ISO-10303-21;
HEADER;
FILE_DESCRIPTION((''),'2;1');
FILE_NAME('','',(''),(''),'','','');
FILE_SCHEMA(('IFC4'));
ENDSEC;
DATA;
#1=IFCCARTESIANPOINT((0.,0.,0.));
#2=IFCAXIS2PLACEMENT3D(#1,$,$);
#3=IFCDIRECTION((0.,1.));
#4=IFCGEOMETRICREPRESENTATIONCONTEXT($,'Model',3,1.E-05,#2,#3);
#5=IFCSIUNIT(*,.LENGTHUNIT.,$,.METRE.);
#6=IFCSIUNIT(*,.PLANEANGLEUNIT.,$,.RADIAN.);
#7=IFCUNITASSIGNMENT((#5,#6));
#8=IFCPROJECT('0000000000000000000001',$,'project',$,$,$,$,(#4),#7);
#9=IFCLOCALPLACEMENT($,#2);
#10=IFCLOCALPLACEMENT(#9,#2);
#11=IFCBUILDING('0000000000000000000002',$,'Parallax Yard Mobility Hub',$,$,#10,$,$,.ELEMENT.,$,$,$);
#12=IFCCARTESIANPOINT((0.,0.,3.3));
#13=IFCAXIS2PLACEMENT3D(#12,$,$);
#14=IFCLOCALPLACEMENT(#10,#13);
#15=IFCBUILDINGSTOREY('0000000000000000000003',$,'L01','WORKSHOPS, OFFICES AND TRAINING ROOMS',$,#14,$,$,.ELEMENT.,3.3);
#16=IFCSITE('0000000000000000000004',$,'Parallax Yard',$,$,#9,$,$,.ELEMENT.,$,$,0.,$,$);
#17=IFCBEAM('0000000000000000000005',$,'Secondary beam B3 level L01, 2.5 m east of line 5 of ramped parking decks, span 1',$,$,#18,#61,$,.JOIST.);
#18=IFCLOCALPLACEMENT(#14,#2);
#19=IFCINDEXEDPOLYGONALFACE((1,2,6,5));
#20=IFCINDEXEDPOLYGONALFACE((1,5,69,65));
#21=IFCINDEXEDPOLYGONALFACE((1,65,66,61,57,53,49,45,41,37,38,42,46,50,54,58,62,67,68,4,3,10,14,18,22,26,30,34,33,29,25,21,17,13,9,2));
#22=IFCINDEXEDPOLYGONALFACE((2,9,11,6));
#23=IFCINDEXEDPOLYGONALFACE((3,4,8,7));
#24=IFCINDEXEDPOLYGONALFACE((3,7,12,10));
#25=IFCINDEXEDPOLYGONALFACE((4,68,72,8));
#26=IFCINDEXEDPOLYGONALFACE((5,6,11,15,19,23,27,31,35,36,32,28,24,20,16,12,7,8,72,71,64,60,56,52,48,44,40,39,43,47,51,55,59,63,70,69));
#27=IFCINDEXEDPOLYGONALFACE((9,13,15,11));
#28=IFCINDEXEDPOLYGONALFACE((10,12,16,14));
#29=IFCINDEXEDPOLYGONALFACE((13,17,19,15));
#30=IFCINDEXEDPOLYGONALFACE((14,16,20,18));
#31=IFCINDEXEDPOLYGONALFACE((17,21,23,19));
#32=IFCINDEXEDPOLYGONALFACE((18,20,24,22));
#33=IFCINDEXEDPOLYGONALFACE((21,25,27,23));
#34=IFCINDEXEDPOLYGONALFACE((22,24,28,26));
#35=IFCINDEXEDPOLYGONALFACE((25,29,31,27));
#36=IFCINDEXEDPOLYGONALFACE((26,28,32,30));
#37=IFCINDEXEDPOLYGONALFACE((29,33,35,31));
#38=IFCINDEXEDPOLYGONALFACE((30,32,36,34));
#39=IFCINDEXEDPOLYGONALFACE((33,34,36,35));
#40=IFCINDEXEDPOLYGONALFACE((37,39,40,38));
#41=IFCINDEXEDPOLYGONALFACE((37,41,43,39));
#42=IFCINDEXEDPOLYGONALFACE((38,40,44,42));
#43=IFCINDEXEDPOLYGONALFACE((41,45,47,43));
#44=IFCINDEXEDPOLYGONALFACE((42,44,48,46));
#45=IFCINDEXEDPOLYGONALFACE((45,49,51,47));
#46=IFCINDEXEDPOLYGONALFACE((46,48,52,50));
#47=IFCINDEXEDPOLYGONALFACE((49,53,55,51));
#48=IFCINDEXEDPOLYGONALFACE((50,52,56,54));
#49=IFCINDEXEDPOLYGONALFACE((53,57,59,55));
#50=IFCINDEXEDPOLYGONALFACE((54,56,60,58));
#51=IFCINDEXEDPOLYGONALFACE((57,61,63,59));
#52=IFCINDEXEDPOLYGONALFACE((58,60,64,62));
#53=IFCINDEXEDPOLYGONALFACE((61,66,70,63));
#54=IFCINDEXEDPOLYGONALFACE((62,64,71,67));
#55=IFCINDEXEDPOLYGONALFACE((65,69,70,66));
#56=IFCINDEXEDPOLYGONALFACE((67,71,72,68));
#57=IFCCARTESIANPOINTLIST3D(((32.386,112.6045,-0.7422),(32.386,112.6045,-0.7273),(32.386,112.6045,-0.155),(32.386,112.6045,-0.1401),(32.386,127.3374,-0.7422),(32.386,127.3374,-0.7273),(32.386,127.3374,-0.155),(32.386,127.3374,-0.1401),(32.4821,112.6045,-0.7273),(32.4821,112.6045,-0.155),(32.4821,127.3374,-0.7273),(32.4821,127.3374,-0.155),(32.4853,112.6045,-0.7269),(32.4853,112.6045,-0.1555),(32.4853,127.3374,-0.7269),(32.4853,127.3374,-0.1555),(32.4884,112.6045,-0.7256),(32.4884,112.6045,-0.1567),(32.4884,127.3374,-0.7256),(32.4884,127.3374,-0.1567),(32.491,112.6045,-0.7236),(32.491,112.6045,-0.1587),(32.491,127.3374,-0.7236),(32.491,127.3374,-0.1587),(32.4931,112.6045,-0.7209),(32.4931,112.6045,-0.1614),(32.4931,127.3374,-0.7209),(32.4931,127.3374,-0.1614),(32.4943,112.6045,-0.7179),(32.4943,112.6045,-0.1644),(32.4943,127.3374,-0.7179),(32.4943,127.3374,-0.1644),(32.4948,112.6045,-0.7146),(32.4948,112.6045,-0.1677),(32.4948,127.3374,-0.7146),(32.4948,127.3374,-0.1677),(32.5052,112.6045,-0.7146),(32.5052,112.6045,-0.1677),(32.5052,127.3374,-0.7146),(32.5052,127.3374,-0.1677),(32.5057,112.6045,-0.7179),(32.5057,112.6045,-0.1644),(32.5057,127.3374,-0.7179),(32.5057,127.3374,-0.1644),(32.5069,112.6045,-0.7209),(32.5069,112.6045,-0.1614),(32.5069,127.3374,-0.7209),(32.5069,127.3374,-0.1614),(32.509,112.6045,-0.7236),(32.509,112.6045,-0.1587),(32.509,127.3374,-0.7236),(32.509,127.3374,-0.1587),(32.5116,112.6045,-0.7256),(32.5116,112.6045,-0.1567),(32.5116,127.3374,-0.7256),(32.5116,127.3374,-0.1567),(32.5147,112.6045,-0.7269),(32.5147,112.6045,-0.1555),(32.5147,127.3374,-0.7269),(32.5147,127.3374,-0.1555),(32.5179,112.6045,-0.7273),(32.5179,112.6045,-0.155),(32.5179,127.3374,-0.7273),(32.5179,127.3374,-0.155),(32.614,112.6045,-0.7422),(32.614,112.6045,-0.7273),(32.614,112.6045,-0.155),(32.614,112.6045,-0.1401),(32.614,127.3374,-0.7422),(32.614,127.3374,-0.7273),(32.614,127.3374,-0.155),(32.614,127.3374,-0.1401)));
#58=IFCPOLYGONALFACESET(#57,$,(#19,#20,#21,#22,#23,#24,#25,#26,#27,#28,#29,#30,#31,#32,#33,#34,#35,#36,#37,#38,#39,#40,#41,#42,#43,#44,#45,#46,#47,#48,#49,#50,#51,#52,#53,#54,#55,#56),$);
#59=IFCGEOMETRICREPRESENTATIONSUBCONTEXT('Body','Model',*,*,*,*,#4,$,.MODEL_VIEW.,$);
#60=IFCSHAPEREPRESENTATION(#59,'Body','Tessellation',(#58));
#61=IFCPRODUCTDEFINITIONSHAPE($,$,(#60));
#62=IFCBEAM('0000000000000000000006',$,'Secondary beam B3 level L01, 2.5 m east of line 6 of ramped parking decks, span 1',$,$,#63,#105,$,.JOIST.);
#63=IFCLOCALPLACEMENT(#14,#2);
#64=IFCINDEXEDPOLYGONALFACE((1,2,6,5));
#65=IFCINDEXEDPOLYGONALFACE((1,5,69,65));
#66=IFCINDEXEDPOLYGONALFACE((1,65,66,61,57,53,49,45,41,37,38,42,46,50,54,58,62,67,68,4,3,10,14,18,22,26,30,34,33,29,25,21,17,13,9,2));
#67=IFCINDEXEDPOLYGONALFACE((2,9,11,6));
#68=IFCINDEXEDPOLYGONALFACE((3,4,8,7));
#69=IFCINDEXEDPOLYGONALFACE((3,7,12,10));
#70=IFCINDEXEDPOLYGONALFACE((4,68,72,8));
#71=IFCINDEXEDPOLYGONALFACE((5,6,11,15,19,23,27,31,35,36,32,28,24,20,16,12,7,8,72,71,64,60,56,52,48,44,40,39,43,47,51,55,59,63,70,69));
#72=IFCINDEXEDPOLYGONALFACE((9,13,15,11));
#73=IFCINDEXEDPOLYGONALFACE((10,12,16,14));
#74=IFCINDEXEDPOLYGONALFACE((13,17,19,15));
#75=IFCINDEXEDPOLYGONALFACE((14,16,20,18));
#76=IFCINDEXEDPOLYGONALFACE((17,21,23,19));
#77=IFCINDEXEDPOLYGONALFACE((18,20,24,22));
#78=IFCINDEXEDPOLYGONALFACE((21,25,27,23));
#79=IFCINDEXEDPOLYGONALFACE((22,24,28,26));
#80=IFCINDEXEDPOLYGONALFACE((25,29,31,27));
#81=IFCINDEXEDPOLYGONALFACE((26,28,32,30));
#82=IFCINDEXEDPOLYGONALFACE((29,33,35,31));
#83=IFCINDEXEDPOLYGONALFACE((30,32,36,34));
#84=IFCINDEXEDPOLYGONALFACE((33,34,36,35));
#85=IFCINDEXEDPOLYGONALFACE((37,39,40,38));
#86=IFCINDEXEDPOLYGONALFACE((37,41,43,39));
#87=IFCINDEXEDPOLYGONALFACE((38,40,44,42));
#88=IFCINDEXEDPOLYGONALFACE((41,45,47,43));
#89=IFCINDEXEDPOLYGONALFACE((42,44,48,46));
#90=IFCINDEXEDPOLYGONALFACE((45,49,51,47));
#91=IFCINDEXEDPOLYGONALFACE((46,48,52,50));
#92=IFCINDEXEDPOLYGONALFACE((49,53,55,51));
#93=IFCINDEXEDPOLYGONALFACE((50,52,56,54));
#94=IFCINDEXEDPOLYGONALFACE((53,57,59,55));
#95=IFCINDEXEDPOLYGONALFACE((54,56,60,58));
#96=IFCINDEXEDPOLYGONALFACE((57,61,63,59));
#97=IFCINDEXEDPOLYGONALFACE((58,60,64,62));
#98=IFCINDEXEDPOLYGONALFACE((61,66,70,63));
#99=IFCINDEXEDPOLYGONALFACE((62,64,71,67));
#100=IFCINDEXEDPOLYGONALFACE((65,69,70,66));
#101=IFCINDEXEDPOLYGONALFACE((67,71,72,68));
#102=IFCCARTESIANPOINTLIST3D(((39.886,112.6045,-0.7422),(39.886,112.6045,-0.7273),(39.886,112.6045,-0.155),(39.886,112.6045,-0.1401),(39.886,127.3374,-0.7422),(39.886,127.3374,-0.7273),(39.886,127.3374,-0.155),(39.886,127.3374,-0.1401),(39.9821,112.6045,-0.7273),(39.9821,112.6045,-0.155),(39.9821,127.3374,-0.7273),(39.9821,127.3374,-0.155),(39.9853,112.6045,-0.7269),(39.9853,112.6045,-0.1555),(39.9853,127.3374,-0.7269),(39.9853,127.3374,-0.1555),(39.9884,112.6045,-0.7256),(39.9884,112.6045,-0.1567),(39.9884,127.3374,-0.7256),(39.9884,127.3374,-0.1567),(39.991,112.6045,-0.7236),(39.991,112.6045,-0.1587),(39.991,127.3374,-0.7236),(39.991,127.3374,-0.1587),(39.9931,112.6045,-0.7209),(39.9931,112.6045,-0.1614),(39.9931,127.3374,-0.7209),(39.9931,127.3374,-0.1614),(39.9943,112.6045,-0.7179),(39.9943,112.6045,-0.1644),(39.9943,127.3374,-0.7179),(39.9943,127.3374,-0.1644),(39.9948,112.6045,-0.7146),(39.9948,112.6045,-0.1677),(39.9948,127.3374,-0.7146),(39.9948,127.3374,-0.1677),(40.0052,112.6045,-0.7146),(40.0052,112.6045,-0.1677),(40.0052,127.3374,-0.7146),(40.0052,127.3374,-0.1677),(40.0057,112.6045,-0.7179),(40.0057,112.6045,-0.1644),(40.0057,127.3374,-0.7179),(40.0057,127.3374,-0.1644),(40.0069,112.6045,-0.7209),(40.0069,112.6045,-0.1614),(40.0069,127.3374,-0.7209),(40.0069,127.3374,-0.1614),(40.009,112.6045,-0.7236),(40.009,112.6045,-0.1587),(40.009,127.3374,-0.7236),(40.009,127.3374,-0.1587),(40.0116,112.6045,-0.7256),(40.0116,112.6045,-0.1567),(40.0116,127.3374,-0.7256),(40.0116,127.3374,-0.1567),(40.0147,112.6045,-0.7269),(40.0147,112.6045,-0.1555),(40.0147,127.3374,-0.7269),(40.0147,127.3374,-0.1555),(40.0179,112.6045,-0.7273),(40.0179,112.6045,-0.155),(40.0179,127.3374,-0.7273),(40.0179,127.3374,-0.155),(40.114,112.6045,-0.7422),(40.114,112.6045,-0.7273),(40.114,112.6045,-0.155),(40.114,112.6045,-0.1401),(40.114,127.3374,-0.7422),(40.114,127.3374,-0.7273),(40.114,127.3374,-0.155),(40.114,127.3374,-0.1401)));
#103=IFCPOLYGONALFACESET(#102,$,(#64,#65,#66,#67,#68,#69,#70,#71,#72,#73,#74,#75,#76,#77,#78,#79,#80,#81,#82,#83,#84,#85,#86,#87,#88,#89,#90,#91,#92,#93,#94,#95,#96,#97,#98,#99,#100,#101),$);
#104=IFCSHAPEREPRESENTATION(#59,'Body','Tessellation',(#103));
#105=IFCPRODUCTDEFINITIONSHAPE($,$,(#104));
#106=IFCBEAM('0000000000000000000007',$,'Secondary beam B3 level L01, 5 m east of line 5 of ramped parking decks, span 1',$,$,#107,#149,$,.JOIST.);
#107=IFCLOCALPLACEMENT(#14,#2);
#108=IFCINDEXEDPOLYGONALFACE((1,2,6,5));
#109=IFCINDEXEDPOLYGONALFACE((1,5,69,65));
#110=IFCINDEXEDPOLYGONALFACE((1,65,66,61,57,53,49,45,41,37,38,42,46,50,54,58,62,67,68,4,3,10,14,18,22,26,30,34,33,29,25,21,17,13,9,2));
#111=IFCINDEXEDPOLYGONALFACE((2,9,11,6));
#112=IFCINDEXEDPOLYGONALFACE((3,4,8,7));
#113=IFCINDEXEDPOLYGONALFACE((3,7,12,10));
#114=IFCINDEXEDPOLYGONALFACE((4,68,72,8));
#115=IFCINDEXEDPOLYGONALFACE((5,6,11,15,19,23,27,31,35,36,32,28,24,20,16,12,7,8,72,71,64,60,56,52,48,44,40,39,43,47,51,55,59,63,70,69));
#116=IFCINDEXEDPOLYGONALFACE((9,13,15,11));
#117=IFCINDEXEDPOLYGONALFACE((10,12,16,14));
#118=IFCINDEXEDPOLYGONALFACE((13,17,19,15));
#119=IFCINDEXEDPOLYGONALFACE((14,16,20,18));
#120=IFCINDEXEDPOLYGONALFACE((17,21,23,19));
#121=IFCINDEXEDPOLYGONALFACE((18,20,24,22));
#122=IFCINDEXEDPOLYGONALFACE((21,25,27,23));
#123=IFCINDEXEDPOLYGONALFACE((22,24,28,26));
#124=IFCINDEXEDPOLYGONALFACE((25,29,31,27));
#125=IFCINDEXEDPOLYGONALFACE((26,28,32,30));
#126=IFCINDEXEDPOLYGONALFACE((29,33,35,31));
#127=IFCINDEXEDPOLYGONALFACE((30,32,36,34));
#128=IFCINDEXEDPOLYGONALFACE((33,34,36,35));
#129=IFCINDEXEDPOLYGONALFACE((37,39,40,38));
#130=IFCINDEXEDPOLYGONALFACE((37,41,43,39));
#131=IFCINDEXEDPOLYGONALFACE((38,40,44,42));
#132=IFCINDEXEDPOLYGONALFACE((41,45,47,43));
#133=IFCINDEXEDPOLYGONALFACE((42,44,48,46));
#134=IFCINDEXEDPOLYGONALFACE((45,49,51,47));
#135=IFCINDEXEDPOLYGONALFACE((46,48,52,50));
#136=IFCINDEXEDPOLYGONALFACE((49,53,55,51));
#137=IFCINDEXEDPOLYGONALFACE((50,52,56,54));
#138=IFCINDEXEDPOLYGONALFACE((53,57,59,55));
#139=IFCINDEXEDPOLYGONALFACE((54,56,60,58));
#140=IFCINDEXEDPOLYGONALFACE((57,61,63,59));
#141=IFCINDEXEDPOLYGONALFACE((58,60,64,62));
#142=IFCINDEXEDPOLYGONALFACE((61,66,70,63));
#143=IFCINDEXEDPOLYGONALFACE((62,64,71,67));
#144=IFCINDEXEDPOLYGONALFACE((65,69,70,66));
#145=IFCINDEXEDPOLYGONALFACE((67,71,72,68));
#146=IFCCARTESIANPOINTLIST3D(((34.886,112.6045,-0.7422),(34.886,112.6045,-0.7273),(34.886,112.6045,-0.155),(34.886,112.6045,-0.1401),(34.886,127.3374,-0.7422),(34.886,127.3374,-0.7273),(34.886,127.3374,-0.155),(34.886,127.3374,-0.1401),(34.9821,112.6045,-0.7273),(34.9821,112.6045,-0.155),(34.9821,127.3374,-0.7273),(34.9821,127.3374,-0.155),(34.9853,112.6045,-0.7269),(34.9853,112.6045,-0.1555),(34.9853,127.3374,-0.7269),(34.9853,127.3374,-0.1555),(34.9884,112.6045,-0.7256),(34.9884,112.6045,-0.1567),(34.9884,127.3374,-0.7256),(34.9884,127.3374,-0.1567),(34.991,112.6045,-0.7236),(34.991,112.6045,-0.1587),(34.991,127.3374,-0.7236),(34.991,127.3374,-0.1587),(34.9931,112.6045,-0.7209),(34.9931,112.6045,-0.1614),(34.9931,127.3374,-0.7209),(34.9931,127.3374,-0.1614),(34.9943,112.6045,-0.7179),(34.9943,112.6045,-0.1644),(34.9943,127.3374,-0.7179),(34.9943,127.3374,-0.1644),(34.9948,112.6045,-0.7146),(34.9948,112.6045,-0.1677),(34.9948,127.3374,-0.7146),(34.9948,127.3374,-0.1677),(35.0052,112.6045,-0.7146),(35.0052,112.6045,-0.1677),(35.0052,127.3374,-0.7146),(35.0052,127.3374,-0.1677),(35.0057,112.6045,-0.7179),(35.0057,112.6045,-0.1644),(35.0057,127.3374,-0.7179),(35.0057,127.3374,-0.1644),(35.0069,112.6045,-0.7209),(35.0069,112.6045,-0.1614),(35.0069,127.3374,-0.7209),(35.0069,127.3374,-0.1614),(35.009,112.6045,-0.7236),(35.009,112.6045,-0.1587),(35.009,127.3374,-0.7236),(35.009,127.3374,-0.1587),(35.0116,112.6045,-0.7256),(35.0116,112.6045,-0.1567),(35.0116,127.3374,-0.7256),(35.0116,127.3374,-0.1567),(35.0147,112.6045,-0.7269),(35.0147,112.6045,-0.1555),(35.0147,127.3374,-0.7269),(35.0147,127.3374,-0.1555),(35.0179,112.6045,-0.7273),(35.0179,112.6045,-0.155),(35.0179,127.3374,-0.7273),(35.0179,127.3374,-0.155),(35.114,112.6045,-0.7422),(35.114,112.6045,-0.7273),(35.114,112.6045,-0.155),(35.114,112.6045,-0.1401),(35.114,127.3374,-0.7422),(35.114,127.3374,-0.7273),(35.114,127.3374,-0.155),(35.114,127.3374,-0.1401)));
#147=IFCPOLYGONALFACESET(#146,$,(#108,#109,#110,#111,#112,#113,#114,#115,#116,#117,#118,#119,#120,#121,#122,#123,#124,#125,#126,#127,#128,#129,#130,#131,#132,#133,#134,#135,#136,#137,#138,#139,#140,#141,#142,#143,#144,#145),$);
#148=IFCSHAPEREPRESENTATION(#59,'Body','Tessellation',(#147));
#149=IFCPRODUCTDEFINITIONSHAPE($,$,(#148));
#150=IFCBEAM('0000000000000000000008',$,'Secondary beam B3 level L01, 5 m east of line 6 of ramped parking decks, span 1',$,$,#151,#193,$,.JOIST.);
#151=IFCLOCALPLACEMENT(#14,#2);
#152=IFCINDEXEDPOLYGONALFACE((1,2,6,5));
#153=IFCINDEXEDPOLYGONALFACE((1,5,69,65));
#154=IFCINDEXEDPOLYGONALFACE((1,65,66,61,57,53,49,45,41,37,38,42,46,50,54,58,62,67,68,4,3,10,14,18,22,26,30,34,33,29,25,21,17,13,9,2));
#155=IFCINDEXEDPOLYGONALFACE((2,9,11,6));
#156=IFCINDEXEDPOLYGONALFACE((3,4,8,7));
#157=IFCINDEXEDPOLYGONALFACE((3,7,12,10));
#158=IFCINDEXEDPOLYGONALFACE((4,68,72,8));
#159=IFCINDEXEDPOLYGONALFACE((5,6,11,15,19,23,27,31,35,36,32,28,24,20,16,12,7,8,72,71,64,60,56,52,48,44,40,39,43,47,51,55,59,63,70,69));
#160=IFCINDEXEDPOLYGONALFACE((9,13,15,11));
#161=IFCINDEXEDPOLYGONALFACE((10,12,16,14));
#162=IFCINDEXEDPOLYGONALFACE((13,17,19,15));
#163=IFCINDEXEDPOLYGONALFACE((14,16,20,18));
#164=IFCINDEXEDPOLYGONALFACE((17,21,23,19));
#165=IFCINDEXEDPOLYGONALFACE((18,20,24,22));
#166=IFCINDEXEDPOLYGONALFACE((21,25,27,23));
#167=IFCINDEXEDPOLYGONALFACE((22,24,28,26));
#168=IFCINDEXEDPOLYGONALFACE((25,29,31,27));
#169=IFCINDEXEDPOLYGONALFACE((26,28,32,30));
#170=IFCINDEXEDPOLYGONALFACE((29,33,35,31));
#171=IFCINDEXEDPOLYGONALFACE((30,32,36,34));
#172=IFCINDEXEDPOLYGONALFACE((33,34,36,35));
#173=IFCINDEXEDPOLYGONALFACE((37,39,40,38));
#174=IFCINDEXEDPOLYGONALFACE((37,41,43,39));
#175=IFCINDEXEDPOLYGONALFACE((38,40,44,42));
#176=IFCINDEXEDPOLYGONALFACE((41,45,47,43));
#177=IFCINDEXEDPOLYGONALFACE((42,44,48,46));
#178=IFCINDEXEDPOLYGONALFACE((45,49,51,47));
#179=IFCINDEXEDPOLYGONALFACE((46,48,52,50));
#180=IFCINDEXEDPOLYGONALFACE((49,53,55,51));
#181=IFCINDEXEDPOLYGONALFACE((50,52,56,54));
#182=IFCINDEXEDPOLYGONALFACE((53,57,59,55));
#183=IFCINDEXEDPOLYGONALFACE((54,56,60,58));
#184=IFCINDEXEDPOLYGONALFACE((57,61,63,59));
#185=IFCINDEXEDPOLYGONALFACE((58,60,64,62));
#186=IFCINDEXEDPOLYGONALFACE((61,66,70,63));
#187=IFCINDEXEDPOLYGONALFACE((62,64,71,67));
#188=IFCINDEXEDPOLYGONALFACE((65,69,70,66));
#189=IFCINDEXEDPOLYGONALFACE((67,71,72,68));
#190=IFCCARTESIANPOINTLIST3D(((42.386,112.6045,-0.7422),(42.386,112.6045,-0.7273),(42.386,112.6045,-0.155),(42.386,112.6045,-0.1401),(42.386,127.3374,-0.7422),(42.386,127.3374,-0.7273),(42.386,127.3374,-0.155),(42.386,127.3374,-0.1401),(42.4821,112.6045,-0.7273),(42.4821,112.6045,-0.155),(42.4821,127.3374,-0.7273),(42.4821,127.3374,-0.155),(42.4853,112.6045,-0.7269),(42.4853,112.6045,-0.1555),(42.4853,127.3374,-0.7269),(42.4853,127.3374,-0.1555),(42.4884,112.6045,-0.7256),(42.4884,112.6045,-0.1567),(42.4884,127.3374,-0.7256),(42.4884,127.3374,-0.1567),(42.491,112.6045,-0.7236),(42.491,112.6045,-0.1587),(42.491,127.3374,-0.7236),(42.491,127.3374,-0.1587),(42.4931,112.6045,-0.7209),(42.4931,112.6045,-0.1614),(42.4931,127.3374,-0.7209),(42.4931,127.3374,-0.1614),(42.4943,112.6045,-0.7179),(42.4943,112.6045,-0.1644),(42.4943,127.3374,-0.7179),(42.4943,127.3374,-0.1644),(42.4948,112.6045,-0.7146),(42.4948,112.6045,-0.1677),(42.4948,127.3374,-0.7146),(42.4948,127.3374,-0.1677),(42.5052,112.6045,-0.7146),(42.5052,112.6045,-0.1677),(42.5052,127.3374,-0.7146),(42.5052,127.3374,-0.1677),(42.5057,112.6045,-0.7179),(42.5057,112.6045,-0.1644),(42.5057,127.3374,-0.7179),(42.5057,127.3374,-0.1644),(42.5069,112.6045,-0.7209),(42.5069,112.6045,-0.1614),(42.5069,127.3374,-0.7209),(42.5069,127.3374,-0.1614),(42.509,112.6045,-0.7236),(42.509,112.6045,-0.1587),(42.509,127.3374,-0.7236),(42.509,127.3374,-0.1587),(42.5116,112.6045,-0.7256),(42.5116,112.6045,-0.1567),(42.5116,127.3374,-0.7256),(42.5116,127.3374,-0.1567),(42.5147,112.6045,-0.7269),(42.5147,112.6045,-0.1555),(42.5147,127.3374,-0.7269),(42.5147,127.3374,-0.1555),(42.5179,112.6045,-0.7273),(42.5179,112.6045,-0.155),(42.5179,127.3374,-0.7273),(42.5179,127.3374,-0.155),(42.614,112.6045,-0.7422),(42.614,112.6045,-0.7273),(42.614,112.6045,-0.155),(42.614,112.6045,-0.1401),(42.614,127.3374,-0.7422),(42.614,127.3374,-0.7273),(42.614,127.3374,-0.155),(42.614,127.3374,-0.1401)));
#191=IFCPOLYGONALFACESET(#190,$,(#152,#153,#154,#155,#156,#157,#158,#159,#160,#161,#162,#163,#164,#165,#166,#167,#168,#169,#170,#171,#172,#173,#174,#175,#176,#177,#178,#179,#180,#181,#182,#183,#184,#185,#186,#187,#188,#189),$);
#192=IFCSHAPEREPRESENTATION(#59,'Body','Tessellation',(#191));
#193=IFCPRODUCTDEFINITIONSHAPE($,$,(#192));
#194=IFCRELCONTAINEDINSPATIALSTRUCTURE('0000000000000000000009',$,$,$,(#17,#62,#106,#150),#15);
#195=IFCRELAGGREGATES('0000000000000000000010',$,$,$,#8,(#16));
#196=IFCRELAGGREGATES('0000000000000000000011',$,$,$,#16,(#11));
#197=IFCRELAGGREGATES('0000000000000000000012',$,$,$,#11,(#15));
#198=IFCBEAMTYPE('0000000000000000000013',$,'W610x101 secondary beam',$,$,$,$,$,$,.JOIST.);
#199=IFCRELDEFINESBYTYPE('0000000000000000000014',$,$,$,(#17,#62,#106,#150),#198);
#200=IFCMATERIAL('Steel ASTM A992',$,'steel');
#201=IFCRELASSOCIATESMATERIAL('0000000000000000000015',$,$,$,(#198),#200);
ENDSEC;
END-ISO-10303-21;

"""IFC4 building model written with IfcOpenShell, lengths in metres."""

from ifc_helpers import new_model, si_unit, direction, frame, origin, origin_2d, place, context, subcontext, project, spatial, i_section, extrude, material, material_profile, profile_set, type_object, element, save


model = new_model("IFC4")

# Units and contexts
model_context = context("Model", 3, precision=1e-05, world=origin(), true_north=direction((0.0, 1.0)))
body_context = subcontext(model_context, "Body", "Model", "MODEL_VIEW")
ifc_project = project(units=[si_unit("LENGTHUNIT", "METRE"), si_unit("PLANEANGLEUNIT", "RADIAN")], contexts=[model_context])

# Site, building, storey
site_placement = place(None, origin())
site = spatial("IfcSite", under=ifc_project, at=site_placement, Name="Parallax Yard", CompositionType="ELEMENT", RefElevation=0.0)
building_placement = place(site_placement, origin())
building = spatial("IfcBuilding", under=site, at=building_placement, Name="Parallax Yard Mobility Hub", CompositionType="ELEMENT")
storey_placement = place(building_placement, frame((0.0, 0.0, 3.3)))
storey = spatial("IfcBuildingStorey", under=building, at=storey_placement, Name="L01", Description="WORKSHOPS, OFFICES AND TRAINING ROOMS", CompositionType="ELEMENT", Elevation=3.3)

# Shared definitions
ifc_material_1 = material(Name="Steel ASTM A992", Category="steel")

# Beams
ifc_material_profile_1 = material_profile(ifc_material_1, i_section(OverallWidth=0.228, OverallDepth=0.6021, WebThickness=0.0105, FlangeThickness=0.0149, FilletRadius=0.0127, at=origin_2d()), Name="W610x101")
ifc_profile_set_1 = profile_set([ifc_material_profile_1], Name="Steel ASTM A992")
beam_type_1 = type_object("IfcBeamType", Name="W610x101 secondary beam", PredefinedType="JOIST", material=ifc_profile_set_1)
for number, where, z_axis, x_axis, name in (
    (1, (32.5, 112.6045, -0.4412), (0.0, 1.0, 0.0), (-1.0, 0.0, 0.0), "Secondary beam B3 level L01, 2.5 m east of line 5 of ramped parking decks, span 1"),
    (2, (40.0, 112.6045, -0.4412), (0.0, 1.0, 0.0), (-1.0, 0.0, 0.0), "Secondary beam B3 level L01, 2.5 m east of line 6 of ramped parking decks, span 1"),
    (3, (35.0, 112.6045, -0.4412), (0.0, 1.0, 0.0), (-1.0, 0.0, 0.0), "Secondary beam B3 level L01, 5 m east of line 5 of ramped parking decks, span 1"),
    (4, (42.5, 112.6045, -0.4412), (0.0, 1.0, 0.0), (-1.0, 0.0, 0.0), "Secondary beam B3 level L01, 5 m east of line 6 of ramped parking decks, span 1"),
):
    element("IfcBeam", number, at=place(storey_placement, frame(where, z_axis=z_axis, x_axis=x_axis)), inside=storey, type_object=beam_type_1, Name=name, PredefinedType="JOIST", context=body_context, shape_type="SweptSolid", body=[
        extrude(i_section(OverallWidth=0.228, OverallDepth=0.6021, WebThickness=0.0105, FlangeThickness=0.0149, FilletRadius=0.0127, at=origin_2d()), origin(), (0.0, 0.0, 1.0), 14.7329),
    ])

save(model, "model.ifc")
